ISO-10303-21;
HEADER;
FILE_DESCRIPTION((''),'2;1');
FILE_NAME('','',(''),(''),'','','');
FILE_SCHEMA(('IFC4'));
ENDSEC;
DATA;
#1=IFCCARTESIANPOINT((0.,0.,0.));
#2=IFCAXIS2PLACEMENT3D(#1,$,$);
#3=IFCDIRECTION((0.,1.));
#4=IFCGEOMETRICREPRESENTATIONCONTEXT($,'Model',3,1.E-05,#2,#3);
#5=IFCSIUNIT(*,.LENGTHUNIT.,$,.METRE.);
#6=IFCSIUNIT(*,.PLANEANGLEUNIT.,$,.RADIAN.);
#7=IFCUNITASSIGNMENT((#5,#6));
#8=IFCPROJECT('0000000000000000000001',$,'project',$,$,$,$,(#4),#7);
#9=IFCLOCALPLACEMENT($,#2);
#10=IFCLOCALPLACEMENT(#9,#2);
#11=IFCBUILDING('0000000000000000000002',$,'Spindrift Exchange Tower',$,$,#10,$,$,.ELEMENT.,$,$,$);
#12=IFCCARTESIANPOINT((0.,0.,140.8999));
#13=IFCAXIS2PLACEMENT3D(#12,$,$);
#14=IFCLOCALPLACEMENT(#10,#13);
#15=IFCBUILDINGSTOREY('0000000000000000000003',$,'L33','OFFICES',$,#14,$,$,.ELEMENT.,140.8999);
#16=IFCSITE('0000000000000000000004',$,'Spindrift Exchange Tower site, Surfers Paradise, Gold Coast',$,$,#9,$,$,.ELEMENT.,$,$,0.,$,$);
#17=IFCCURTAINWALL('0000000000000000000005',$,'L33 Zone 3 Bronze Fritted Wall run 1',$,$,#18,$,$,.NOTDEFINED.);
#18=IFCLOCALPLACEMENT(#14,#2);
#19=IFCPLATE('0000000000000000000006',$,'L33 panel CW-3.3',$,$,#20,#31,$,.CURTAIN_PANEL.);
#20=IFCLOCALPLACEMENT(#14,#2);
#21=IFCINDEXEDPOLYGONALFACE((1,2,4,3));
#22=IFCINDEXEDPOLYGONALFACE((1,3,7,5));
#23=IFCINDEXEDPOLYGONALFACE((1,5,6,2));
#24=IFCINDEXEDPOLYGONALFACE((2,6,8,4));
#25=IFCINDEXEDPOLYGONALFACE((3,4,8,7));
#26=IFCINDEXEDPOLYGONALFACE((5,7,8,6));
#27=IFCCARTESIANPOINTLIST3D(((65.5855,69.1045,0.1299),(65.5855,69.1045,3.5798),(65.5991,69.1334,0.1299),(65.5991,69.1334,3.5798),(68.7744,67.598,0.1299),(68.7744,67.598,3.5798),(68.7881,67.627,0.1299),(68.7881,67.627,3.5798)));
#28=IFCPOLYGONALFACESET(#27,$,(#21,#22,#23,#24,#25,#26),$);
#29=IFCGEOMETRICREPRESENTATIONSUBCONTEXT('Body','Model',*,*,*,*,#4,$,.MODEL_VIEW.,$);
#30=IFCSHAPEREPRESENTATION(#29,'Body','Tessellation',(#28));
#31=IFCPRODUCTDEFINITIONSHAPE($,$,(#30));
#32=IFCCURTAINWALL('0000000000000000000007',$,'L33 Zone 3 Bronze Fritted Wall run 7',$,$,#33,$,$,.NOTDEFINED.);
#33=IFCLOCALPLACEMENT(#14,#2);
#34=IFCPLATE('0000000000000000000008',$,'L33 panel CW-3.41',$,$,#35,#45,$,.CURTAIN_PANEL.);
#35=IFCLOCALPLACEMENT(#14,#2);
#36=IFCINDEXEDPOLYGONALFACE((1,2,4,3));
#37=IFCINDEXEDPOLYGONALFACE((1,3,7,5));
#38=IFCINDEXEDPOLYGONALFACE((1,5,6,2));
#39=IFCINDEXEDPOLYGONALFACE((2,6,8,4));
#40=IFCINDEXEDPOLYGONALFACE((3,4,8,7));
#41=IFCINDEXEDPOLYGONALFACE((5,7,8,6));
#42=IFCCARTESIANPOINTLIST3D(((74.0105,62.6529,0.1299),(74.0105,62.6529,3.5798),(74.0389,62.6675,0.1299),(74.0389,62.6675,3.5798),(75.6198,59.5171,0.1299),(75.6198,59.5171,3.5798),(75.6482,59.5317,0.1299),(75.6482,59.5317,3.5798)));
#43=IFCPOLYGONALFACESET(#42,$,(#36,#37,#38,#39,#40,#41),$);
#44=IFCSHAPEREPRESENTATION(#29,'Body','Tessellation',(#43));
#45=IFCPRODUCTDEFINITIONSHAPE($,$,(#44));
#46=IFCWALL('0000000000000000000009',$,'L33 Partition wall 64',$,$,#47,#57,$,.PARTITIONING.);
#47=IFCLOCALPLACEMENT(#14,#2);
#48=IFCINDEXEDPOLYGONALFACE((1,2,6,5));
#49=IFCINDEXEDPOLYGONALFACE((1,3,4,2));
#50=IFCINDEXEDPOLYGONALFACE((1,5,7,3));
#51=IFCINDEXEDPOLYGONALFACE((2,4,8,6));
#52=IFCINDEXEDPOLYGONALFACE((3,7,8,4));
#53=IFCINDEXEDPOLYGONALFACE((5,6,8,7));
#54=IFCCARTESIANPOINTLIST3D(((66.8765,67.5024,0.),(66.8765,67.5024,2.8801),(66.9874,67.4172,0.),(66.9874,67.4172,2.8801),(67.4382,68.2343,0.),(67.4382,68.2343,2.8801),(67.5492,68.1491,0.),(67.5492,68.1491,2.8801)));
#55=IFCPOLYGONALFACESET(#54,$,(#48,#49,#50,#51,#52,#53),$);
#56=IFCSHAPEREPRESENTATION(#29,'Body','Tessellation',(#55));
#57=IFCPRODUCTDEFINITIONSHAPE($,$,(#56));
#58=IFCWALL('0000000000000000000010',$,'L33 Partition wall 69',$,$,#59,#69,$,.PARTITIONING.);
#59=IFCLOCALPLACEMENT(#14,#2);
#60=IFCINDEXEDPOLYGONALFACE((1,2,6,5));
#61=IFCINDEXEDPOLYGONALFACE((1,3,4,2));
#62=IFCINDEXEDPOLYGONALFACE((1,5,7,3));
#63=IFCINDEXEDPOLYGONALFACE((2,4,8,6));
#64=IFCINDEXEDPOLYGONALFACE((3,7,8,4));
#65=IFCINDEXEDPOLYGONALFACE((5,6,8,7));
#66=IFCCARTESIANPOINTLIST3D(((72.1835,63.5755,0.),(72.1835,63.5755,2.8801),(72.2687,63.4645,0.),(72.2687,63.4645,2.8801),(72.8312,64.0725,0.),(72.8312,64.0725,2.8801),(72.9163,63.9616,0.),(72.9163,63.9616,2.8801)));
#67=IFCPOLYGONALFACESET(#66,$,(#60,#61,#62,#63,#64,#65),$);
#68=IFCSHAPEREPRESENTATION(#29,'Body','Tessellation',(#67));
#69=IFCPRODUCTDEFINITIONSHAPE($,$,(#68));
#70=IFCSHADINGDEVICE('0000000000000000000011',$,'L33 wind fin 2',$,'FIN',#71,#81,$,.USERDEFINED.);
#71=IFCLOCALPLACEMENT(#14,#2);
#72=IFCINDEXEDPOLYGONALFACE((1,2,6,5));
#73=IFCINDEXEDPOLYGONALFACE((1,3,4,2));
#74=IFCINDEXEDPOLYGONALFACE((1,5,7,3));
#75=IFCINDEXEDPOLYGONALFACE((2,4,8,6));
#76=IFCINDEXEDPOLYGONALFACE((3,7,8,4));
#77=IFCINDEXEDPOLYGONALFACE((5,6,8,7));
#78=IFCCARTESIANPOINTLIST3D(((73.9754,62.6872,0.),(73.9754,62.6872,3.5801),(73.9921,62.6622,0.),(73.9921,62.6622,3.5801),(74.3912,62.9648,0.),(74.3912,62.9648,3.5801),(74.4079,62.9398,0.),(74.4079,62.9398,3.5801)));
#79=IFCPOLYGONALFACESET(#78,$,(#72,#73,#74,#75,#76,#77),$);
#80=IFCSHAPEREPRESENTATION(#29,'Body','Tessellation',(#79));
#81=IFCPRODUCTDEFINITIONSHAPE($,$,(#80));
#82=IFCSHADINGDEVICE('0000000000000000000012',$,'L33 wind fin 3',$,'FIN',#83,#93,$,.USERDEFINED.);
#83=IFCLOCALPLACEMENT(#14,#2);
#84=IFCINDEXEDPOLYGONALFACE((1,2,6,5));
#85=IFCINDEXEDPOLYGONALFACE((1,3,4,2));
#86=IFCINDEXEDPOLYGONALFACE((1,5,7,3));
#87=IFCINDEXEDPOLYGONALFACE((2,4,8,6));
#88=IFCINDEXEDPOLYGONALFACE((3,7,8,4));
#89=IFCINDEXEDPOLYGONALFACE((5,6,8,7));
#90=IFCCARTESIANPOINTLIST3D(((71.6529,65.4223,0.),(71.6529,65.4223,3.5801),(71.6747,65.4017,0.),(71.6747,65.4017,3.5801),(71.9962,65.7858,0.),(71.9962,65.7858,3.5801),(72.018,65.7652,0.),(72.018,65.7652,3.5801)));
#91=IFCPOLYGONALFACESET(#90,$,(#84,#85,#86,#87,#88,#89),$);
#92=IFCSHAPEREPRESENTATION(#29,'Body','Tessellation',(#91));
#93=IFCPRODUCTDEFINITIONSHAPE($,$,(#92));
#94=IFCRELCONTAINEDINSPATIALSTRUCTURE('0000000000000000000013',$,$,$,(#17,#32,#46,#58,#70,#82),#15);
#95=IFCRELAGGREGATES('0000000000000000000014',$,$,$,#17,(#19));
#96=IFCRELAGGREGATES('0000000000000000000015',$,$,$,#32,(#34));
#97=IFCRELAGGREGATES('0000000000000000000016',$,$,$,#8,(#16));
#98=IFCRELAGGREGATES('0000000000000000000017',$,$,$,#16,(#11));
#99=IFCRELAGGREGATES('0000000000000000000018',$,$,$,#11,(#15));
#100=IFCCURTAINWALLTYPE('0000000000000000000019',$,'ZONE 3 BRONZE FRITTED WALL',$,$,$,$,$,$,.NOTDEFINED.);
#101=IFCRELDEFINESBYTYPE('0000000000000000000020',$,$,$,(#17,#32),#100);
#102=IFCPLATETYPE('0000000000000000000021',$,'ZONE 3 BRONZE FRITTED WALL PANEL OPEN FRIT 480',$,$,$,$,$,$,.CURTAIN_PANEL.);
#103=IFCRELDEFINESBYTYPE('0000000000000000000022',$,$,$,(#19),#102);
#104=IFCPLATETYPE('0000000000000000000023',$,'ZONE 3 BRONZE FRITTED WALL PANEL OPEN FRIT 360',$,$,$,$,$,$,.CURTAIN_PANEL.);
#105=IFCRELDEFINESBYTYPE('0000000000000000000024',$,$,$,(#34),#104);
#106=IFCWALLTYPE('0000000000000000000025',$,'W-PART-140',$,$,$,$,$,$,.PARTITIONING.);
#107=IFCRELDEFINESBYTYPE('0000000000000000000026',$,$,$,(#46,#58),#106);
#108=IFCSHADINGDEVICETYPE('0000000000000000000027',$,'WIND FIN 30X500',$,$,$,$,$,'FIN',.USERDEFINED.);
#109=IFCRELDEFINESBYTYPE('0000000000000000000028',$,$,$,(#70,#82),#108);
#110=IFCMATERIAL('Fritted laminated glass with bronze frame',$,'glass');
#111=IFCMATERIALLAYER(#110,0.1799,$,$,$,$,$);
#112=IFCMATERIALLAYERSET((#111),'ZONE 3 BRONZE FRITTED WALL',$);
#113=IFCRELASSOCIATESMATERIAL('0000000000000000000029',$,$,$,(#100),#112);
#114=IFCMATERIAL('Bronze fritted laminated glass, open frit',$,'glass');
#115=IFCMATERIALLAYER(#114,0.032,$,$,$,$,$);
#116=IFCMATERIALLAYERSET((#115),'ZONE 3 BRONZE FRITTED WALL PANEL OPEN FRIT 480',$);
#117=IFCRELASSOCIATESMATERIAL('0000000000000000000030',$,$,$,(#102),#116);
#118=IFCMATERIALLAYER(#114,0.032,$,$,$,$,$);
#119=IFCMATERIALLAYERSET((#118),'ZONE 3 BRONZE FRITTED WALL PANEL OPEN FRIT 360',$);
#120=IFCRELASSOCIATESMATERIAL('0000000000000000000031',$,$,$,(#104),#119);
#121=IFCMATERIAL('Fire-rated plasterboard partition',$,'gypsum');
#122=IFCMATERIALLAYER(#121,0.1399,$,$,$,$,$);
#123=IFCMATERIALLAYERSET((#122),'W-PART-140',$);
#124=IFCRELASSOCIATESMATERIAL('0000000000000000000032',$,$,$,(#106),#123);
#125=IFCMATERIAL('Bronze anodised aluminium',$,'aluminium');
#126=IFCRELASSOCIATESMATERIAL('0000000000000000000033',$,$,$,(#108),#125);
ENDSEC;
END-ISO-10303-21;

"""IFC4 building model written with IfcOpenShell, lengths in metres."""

from ifc_helpers import new_model, si_unit, direction, frame, frame_2d, origin, origin_2d, place, context, subcontext, project, spatial, rectangle, extrude, source, transform, mapped, material, layer, layer_set, material_profile, profile_set, type_object, element, aggregate, save


model = new_model("IFC4")

# Units and contexts
model_context = context("Model", 3, precision=1e-05, world=origin(), true_north=direction((0.0, 1.0)))
body_context = subcontext(model_context, "Body", "Model", "MODEL_VIEW")
ifc_project = project(units=[si_unit("LENGTHUNIT", "METRE"), si_unit("PLANEANGLEUNIT", "RADIAN")], contexts=[model_context])

# Site, building, storey
site_placement = place(None, origin())
site = spatial("IfcSite", under=ifc_project, at=site_placement, Name="Spindrift Exchange Tower site, Surfers Paradise, Gold Coast", CompositionType="ELEMENT", RefElevation=0.0)
building_placement = place(site_placement, origin())
building = spatial("IfcBuilding", under=site, at=building_placement, Name="Spindrift Exchange Tower", CompositionType="ELEMENT")
storey_placement = place(building_placement, frame((0.0, 0.0, 140.8999)))
storey = spatial("IfcBuildingStorey", under=building, at=storey_placement, Name="L33", Description="OFFICES", CompositionType="ELEMENT", Elevation=140.8999)

# Curtain wall, plate
ifc_material_1 = material(Name="Fritted laminated glass with bronze frame", Category="glass")
ifc_layer_1 = layer(ifc_material_1, 0.1799)
ifc_layer_set_1 = layer_set([ifc_layer_1], Name="ZONE 3 BRONZE FRITTED WALL")
curtain_wall_type = type_object("IfcCurtainWallType", Name="ZONE 3 BRONZE FRITTED WALL", PredefinedType="NOTDEFINED", material=ifc_layer_set_1)
curtain_wall_1_placement = place(storey_placement, origin())
curtain_wall_1 = element("IfcCurtainWall", 1, at=curtain_wall_1_placement, inside=storey, type_object=curtain_wall_type, Name="L33 Zone 3 Bronze Fritted Wall run 1", PredefinedType="NOTDEFINED")
ifc_material_2 = material(Name="Bronze anodised aluminium", Category="aluminium")
ifc_material_3 = material(Name="Bronze fritted laminated glass, open frit", Category="glass")
ifc_layer_2 = layer(ifc_material_3, 0.032)
ifc_layer_set_2 = layer_set([ifc_layer_2], Name="ZONE 3 BRONZE FRITTED WALL PANEL OPEN FRIT 480")
plate_type_1 = type_object("IfcPlateType", Name="ZONE 3 BRONZE FRITTED WALL PANEL OPEN FRIT 480", PredefinedType="CURTAIN_PANEL", material=ifc_layer_set_2)
ifc_layer_3 = layer(ifc_material_3, 0.032)
ifc_layer_set_3 = layer_set([ifc_layer_3], Name="ZONE 3 BRONZE FRITTED WALL PANEL OPEN FRIT 360")
plate_type_2 = type_object("IfcPlateType", Name="ZONE 3 BRONZE FRITTED WALL PANEL OPEN FRIT 360", PredefinedType="CURTAIN_PANEL", material=ifc_layer_set_3)
shared_shape_1 = source(origin(), body_context, "Body", "SweptSolid", [
    extrude(rectangle(XDim=3.5269, YDim=0.032, at=origin_2d()), origin(), (0.0, 0.0, 1.0), 3.45),
])
plate_1_placement = place(storey_placement, frame((67.1868, 68.3657, 0.1299), z_axis=(0.0, 0.0, 1.0), x_axis=(-0.904185, 0.42714, 0.0)))
plate_1 = element("IfcPlate", 2, at=plate_1_placement, type_object=plate_type_1, Name="L33 panel CW-3.3", PredefinedType="CURTAIN_PANEL", context=body_context, shape_type="MappedRepresentation", body=[
    mapped(shared_shape_1, transform((0.0, 0.0, 0.0), scale=1.0)),
])
aggregate(curtain_wall_1, [plate_1])

# Curtain wall, plate
curtain_wall_2_placement = place(storey_placement, origin())
curtain_wall_2 = element("IfcCurtainWall", 3, at=curtain_wall_2_placement, inside=storey, type_object=curtain_wall_type, Name="L33 Zone 3 Bronze Fritted Wall run 7", PredefinedType="NOTDEFINED")
shared_shape_2 = source(origin(), body_context, "Body", "SweptSolid", [
    extrude(rectangle(XDim=3.5247, YDim=0.032, at=origin_2d()), origin(), (0.0, 0.0, 1.0), 3.45),
])
plate_2_placement = place(storey_placement, frame((74.8293, 61.0923, 0.1299), z_axis=(0.0, 0.0, 1.0), x_axis=(-0.456592, 0.889676, 0.0)))
plate_2 = element("IfcPlate", 4, at=plate_2_placement, type_object=plate_type_2, Name="L33 panel CW-3.41", PredefinedType="CURTAIN_PANEL", context=body_context, shape_type="MappedRepresentation", body=[
    mapped(shared_shape_2, transform((0.0, 0.0, 0.0), scale=1.0)),
])
aggregate(curtain_wall_2, [plate_2])

# Walls
ifc_material_4 = material(Name="Fire-rated plasterboard partition", Category="gypsum")
ifc_layer_4 = layer(ifc_material_4, 0.1399)
ifc_layer_set_4 = layer_set([ifc_layer_4], Name="W-PART-140")
wall_type = type_object("IfcWallType", Name="W-PART-140", PredefinedType="PARTITIONING", material=ifc_layer_set_4)
wall_1_placement = place(storey_placement, frame((66.9319, 67.4597, 0.0), z_axis=(0.0, 0.0, 1.0), x_axis=(0.608854, 0.793283, 0.0)))
element("IfcWall", 5, at=wall_1_placement, inside=storey, type_object=wall_type, Name="L33 Partition wall 64", PredefinedType="PARTITIONING", context=body_context, shape_type="SweptSolid", body=[
    extrude(rectangle(XDim=0.9226, YDim=0.1399, at=frame_2d((0.4614, 0.0))), origin(), (0.0, 0.0, 1.0), 2.8801),
])
wall_2_placement = place(storey_placement, frame((72.2261, 63.52, 0.0), z_axis=(0.0, 0.0, 1.0), x_axis=(0.793313, 0.608814, 0.0)))
element("IfcWall", 6, at=wall_2_placement, inside=storey, type_object=wall_type, Name="L33 Partition wall 69", PredefinedType="PARTITIONING", context=body_context, shape_type="SweptSolid", body=[
    extrude(rectangle(XDim=0.8164, YDim=0.1399, at=frame_2d((0.4082, 0.0))), origin(), (0.0, 0.0, 1.0), 2.8801),
])

# Shading devices
ifc_material_profile_1 = material_profile(ifc_material_2, rectangle(XDim=0.03, YDim=0.5, at=origin_2d()), Name="WIND FIN 30X500")
ifc_profile_set_1 = profile_set([ifc_material_profile_1], Name="Bronze anodised aluminium")
shading_device_type = type_object("IfcShadingDeviceType", Name="WIND FIN 30X500", ElementType="FIN", PredefinedType="USERDEFINED", material=ifc_profile_set_1)
shared_shape_3 = source(origin(), body_context, "Body", "SweptSolid", [
    extrude(rectangle(XDim=0.03, YDim=0.5, at=origin_2d()), origin(), (0.0, 0.0, 1.0), 3.5801),
])
for number, where, z_axis, x_axis, name in (
    (7, (74.1917, 62.8135, 0.0), (0.0, 0.0, 1.0), (-0.555199, 0.831718, 0.0), "L33 wind fin 2"),
    (8, (71.8354, 65.5938, 0.0), (0.0, 0.0, 1.0), (-0.727064, 0.68657, 0.0), "L33 wind fin 3"),
):
    element("IfcShadingDevice", number, at=place(storey_placement, frame(where, z_axis=z_axis, x_axis=x_axis)), inside=storey, type_object=shading_device_type, Name=name, ObjectType="FIN", PredefinedType="USERDEFINED", context=body_context, shape_type="MappedRepresentation", body=[
        mapped(shared_shape_3, transform((0.0, 0.0, 0.0), scale=1.0)),
    ])

save(model, "model.ifc")
